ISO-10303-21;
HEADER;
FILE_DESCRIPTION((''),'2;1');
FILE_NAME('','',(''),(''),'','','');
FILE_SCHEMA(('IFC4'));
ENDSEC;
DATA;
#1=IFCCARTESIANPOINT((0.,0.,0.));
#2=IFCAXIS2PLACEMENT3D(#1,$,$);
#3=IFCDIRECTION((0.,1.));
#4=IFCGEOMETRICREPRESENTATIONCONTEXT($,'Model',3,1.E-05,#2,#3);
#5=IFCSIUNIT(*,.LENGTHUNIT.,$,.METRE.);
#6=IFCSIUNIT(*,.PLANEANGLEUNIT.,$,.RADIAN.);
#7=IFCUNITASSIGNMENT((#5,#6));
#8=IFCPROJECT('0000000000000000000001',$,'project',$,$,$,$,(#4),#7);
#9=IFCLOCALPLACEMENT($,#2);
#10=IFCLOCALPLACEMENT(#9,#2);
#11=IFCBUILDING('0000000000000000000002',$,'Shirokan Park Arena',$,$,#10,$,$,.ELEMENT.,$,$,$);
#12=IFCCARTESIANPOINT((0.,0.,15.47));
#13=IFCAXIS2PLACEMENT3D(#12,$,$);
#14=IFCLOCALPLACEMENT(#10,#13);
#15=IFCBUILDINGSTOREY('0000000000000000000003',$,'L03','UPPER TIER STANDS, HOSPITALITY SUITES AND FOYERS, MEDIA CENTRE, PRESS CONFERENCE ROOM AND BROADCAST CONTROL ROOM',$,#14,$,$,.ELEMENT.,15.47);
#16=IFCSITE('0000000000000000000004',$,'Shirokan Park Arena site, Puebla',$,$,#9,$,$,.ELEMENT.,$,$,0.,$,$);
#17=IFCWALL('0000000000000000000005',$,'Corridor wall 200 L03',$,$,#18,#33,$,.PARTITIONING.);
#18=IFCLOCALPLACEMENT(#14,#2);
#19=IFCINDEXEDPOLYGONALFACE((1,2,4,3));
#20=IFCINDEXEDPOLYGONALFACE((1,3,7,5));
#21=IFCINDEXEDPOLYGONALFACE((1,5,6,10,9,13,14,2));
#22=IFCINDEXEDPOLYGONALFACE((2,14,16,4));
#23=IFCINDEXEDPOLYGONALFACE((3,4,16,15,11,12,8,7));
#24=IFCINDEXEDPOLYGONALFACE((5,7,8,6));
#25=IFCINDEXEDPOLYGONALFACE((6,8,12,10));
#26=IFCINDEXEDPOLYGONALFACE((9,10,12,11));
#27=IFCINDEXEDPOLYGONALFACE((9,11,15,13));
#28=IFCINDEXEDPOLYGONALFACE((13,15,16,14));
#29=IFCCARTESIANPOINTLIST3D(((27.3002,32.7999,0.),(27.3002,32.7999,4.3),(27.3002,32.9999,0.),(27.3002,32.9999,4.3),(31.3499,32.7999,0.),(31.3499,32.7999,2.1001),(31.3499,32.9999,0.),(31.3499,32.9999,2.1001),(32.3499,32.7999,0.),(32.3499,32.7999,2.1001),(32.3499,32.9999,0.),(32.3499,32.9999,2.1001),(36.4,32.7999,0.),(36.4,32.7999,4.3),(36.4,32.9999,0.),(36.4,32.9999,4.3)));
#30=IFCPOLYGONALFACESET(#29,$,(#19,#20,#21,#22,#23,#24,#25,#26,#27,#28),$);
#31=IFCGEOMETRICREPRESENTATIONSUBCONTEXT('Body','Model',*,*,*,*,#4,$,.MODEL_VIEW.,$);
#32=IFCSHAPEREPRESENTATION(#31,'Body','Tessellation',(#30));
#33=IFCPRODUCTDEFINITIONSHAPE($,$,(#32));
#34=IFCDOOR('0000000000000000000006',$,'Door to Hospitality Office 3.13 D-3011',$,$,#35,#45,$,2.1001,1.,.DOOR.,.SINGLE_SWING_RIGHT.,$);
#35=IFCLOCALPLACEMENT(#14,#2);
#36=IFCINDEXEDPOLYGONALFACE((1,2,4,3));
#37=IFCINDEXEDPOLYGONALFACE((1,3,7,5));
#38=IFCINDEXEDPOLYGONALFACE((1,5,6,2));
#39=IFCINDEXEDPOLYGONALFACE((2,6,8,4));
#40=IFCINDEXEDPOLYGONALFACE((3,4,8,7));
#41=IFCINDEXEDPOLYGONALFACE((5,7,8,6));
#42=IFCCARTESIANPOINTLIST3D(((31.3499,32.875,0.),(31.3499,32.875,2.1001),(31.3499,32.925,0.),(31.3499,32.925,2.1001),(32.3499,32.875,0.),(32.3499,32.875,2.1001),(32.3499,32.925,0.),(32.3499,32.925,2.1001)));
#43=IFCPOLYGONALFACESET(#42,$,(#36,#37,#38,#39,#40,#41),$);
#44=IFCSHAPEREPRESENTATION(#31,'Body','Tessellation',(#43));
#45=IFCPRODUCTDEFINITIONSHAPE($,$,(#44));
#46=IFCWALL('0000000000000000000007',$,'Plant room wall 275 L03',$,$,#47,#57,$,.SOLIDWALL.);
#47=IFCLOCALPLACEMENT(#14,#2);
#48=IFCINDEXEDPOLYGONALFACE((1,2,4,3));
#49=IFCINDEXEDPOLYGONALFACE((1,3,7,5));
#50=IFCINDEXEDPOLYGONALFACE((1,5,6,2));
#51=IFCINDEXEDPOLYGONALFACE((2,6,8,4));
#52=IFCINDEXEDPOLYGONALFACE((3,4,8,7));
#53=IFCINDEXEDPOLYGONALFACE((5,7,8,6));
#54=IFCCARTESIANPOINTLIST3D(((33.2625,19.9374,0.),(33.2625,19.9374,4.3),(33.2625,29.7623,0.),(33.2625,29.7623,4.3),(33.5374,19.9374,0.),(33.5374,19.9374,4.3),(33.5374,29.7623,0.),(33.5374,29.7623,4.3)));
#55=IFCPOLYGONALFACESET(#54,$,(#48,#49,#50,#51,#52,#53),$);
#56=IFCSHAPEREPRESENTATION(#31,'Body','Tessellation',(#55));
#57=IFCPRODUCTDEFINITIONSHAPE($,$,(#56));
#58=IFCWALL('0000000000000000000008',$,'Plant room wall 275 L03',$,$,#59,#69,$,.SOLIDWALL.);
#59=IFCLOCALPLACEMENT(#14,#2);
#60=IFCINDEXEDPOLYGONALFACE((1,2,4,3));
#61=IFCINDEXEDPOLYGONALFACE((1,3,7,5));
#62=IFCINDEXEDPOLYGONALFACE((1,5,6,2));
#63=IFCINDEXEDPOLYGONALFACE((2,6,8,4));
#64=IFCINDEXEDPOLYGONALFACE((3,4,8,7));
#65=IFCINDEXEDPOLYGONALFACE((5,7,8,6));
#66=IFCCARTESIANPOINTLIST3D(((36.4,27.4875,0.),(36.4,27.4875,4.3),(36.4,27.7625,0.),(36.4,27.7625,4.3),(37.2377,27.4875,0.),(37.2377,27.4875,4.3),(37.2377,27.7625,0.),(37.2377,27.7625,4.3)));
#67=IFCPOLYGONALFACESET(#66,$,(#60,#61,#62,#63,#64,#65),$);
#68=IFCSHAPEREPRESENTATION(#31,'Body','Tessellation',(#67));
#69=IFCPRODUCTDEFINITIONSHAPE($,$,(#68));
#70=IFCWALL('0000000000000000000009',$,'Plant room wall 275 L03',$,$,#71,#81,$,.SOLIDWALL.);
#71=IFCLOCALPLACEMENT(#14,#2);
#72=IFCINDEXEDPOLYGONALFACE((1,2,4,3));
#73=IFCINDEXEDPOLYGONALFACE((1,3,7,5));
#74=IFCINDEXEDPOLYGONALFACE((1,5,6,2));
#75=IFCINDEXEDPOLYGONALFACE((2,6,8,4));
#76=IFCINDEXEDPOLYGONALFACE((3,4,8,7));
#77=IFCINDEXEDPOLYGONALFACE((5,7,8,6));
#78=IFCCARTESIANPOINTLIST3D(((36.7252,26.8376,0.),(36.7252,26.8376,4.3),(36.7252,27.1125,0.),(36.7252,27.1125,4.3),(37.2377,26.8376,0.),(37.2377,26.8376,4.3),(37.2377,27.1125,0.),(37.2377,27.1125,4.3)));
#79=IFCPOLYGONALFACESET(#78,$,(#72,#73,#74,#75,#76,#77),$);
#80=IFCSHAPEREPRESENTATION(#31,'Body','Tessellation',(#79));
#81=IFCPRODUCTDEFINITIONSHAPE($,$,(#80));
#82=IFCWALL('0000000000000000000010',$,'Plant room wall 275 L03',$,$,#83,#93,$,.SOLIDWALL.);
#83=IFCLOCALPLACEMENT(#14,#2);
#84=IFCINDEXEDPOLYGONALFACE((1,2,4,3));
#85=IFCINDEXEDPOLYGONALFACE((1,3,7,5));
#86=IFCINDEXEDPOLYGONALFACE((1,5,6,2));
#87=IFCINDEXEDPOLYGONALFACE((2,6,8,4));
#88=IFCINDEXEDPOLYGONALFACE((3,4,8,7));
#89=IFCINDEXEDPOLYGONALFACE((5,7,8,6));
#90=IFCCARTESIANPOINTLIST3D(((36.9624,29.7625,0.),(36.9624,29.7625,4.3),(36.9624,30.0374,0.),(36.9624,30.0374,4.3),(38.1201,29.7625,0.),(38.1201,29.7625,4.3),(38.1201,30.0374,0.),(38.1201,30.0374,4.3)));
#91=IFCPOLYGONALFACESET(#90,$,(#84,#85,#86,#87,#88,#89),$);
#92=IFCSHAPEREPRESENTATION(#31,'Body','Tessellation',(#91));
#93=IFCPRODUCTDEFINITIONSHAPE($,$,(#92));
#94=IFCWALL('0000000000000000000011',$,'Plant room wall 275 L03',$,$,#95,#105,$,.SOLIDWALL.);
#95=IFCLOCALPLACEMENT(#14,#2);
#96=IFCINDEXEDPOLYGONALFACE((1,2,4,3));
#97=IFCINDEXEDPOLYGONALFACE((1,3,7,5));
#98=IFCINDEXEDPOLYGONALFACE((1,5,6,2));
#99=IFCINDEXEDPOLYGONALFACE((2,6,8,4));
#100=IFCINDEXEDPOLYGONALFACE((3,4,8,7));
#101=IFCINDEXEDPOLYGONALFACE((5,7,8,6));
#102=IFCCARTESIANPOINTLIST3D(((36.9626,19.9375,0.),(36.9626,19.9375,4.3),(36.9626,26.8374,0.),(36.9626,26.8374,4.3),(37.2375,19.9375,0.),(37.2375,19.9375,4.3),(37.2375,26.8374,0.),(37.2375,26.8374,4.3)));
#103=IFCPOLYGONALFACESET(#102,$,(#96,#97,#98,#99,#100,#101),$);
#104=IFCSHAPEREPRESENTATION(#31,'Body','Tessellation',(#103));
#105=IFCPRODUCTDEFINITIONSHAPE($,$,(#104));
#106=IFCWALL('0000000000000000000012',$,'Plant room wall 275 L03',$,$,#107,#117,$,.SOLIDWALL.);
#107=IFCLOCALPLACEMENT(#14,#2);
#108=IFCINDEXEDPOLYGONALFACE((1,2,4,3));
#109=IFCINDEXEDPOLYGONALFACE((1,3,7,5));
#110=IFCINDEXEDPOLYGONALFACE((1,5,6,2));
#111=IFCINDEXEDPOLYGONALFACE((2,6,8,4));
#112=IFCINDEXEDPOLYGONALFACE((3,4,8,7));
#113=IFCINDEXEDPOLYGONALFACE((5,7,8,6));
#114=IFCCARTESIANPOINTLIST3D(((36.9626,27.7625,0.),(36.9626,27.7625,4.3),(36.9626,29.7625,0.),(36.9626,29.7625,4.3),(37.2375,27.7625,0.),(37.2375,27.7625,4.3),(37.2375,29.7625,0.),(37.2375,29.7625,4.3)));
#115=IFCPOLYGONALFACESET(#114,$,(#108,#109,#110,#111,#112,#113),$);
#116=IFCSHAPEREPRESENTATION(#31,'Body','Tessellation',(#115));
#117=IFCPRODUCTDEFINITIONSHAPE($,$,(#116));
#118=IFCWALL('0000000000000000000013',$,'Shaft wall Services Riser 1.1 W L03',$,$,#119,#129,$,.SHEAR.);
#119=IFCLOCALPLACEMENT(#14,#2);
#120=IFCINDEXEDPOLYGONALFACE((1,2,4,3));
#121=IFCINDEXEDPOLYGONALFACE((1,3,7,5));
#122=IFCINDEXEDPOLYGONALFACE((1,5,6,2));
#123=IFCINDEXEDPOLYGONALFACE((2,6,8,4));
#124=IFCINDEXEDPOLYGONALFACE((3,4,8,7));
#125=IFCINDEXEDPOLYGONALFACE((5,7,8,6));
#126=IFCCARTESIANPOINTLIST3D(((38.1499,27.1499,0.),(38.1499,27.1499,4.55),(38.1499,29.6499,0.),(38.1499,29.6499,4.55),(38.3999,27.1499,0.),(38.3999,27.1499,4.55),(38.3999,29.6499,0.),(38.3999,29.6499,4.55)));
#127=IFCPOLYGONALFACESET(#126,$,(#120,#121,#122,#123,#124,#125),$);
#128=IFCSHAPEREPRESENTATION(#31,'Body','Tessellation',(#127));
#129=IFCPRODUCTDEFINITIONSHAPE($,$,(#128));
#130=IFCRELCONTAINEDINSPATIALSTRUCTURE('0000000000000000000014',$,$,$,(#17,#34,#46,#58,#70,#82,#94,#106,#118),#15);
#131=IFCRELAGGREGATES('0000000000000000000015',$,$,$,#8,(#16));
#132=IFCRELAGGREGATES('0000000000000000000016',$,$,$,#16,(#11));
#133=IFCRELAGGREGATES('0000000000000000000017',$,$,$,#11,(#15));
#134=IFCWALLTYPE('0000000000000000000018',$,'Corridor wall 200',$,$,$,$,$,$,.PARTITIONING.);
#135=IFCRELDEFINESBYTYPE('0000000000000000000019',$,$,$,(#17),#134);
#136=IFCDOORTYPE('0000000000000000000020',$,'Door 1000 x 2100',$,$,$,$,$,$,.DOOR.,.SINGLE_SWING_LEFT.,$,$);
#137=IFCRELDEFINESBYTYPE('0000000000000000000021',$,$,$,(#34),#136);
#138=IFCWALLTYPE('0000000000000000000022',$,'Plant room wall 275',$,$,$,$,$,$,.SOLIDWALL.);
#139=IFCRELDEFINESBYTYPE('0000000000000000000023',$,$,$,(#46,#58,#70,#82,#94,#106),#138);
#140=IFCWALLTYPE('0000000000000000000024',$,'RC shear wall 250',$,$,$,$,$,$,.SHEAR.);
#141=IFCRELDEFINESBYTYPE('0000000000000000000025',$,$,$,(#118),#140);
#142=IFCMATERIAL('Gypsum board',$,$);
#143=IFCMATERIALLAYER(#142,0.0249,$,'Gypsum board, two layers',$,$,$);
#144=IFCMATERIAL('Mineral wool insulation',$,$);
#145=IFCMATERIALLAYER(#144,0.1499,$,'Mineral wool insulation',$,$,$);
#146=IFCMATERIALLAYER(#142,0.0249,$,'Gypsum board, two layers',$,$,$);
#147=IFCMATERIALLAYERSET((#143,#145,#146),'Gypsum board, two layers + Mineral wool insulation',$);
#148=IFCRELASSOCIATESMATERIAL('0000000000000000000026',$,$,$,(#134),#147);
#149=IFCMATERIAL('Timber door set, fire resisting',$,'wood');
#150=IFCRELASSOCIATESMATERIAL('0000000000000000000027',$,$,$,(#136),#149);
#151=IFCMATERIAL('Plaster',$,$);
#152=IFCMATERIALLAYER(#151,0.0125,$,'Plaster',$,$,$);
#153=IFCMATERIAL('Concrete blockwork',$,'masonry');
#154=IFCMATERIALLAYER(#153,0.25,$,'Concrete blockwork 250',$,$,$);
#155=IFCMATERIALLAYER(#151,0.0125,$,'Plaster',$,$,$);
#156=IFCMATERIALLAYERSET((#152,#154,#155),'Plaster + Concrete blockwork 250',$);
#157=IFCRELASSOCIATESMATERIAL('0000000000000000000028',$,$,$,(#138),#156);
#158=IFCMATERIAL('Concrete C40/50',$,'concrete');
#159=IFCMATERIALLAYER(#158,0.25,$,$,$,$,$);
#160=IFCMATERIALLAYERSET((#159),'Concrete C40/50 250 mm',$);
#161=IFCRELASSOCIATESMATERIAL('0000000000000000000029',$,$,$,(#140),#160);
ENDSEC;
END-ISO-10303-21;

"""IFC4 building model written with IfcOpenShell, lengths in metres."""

from ifc_helpers import new_model, si_unit, direction, frame, frame_2d, origin, place, context, subcontext, project, spatial, rectangle, extrude, material, layer, layer_set, type_object, element, fill, save


model = new_model("IFC4")

# Units and contexts
model_context = context("Model", 3, precision=1e-05, world=origin(), true_north=direction((0.0, 1.0)))
body_context = subcontext(model_context, "Body", "Model", "MODEL_VIEW")
ifc_project = project(units=[si_unit("LENGTHUNIT", "METRE"), si_unit("PLANEANGLEUNIT", "RADIAN")], contexts=[model_context])

# Site, building, storey
site_placement = place(None, origin())
site = spatial("IfcSite", under=ifc_project, at=site_placement, Name="Shirokan Park Arena site, Puebla", CompositionType="ELEMENT", RefElevation=0.0)
building_placement = place(site_placement, origin())
building = spatial("IfcBuilding", under=site, at=building_placement, Name="Shirokan Park Arena", CompositionType="ELEMENT")
storey_placement = place(building_placement, frame((0.0, 0.0, 15.47)))
storey = spatial("IfcBuildingStorey", under=building, at=storey_placement, Name="L03", Description="UPPER TIER STANDS, HOSPITALITY SUITES AND FOYERS, MEDIA CENTRE, PRESS CONFERENCE ROOM AND BROADCAST CONTROL ROOM", CompositionType="ELEMENT", Elevation=15.47)

# Shared definitions
ifc_material_1 = material(Name="Plaster")
ifc_material_2 = material(Name="Concrete blockwork", Category="masonry")
ifc_material_3 = material(Name="Gypsum board")
ifc_layer_1 = layer(ifc_material_3, 0.0249, Name="Gypsum board, two layers")
ifc_material_4 = material(Name="Mineral wool insulation")
ifc_layer_2 = layer(ifc_material_4, 0.1499, Name="Mineral wool insulation")
ifc_layer_3 = layer(ifc_material_3, 0.0249, Name="Gypsum board, two layers")
ifc_layer_set_1 = layer_set([ifc_layer_1, ifc_layer_2, ifc_layer_3], Name="Gypsum board, two layers + Mineral wool insulation")
wall_type_1 = type_object("IfcWallType", Name="Corridor wall 200", PredefinedType="PARTITIONING", material=ifc_layer_set_1)

# Wall, opening, door
wall_1_placement = place(storey_placement, frame((36.3999, 32.8999, 0.0), z_axis=(0.0, 0.0, 1.0), x_axis=(-1.0, 0.0, 0.0)))
wall_1 = element("IfcWall", 1, at=wall_1_placement, inside=storey, type_object=wall_type_1, Name="Corridor wall 200 L03", PredefinedType="PARTITIONING", context=body_context, shape_type="SweptSolid", body=[
    extrude(rectangle(XDim=9.0999, YDim=0.2, at=frame_2d((4.5498, 0.0))), origin(), (0.0, 0.0, 1.0), 4.3),
])
opening_1_placement = place(wall_1_placement, frame((4.05, 0.0, 0.0)))
opening_1 = element("IfcOpeningElement", 2, at=opening_1_placement, cuts=wall_1, PredefinedType="OPENING", context=body_context, shape_type="SweptSolid", body=[
    extrude(rectangle(XDim=1.0, YDim=2.1001, at=frame_2d((0.5, 1.05))), frame((0.0, 0.1099, 0.0), z_axis=(0.0, -1.0, 0.0), x_axis=(1.0, 0.0, 0.0)), (0.0, 0.0, 1.0), 0.22),
])
ifc_material_5 = material(Name="Timber door set, fire resisting", Category="wood")
door_type_1 = type_object("IfcDoorType", Name="Door 1000 x 2100", OperationType="SINGLE_SWING_LEFT", PredefinedType="DOOR", material=ifc_material_5)
door_1_placement = place(opening_1_placement, origin())
door_1 = element("IfcDoor", 3, at=door_1_placement, inside=storey, type_object=door_type_1, Name="Door to Hospitality Office 3.13 D-3011", OperationType="SINGLE_SWING_RIGHT", OverallHeight=2.1001, OverallWidth=1.0, PredefinedType="DOOR", context=body_context, shape_type="SweptSolid", body=[
    extrude(rectangle(XDim=1.0, YDim=2.1001, at=frame_2d((0.5, 1.05))), frame((0.0, 0.0249, 0.0), z_axis=(0.0, -1.0, 0.0), x_axis=(1.0, 0.0, 0.0)), (0.0, 0.0, 1.0), 0.05),
])
fill(opening_1, door_1)
ifc_layer_4 = layer(ifc_material_1, 0.0125, Name="Plaster")
ifc_layer_5 = layer(ifc_material_2, 0.25, Name="Concrete blockwork 250")
ifc_layer_6 = layer(ifc_material_1, 0.0125, Name="Plaster")
ifc_layer_set_2 = layer_set([ifc_layer_4, ifc_layer_5, ifc_layer_6], Name="Plaster + Concrete blockwork 250")
wall_type_2 = type_object("IfcWallType", Name="Plant room wall 275", PredefinedType="SOLIDWALL", material=ifc_layer_set_2)

# Walls
wall_2_placement = place(storey_placement, frame((33.3999, 29.7625, 0.0), z_axis=(0.0, 0.0, 1.0), x_axis=(0.0, -1.0, 0.0)))
element("IfcWall", 4, at=wall_2_placement, inside=storey, type_object=wall_type_2, Name="Plant room wall 275 L03", PredefinedType="SOLIDWALL", context=body_context, shape_type="SweptSolid", body=[
    extrude(rectangle(XDim=9.825, YDim=0.2749, at=frame_2d((4.9126, 0.0))), origin(), (0.0, 0.0, 1.0), 4.3),
])
wall_3_placement = place(storey_placement, frame((36.3999, 27.625, 0.0), z_axis=(0.0, 0.0, 1.0), x_axis=(1.0, 0.0, 0.0)))
element("IfcWall", 5, at=wall_3_placement, inside=storey, type_object=wall_type_2, Name="Plant room wall 275 L03", PredefinedType="SOLIDWALL", context=body_context, shape_type="SweptSolid", body=[
    extrude(rectangle(XDim=0.8376, YDim=0.2749, at=frame_2d((0.4189, 0.0))), origin(), (0.0, 0.0, 1.0), 4.3),
])
wall_4_placement = place(storey_placement, frame((36.7251, 26.9751, 0.0), z_axis=(0.0, 0.0, 1.0), x_axis=(1.0, 0.0, 0.0)))
element("IfcWall", 6, at=wall_4_placement, inside=storey, type_object=wall_type_2, Name="Plant room wall 275 L03", PredefinedType="SOLIDWALL", context=body_context, shape_type="SweptSolid", body=[
    extrude(rectangle(XDim=0.5125, YDim=0.2749, at=frame_2d((0.2563, 0.0))), origin(), (0.0, 0.0, 1.0), 4.3),
])

# Walls
wall_5_placement = place(storey_placement, frame((36.9624, 29.8999, 0.0), z_axis=(0.0, 0.0, 1.0), x_axis=(1.0, 0.0, 0.0)))
element("IfcWall", 7, at=wall_5_placement, inside=storey, type_object=wall_type_2, Name="Plant room wall 275 L03", PredefinedType="SOLIDWALL", context=body_context, shape_type="SweptSolid", body=[
    extrude(rectangle(XDim=1.1577, YDim=0.2749, at=frame_2d((0.5789, 0.0))), origin(), (0.0, 0.0, 1.0), 4.3),
])
wall_6_placement = place(storey_placement, frame((37.1001, 26.8374, 0.0), z_axis=(0.0, 0.0, 1.0), x_axis=(0.0, -1.0, 0.0)))
element("IfcWall", 8, at=wall_6_placement, inside=storey, type_object=wall_type_2, Name="Plant room wall 275 L03", PredefinedType="SOLIDWALL", context=body_context, shape_type="SweptSolid", body=[
    extrude(rectangle(XDim=6.8999, YDim=0.2749, at=frame_2d((3.45, 0.0))), origin(), (0.0, 0.0, 1.0), 4.3),
])
wall_7_placement = place(storey_placement, frame((37.1001, 29.7625, 0.0), z_axis=(0.0, 0.0, 1.0), x_axis=(0.0, -1.0, 0.0)))
element("IfcWall", 9, at=wall_7_placement, inside=storey, type_object=wall_type_2, Name="Plant room wall 275 L03", PredefinedType="SOLIDWALL", context=body_context, shape_type="SweptSolid", body=[
    extrude(rectangle(XDim=2.0, YDim=0.2749, at=frame_2d((1.0, 0.0))), origin(), (0.0, 0.0, 1.0), 4.3),
])
ifc_material_6 = material(Name="Concrete C40/50", Category="concrete")
ifc_layer_7 = layer(ifc_material_6, 0.25)
ifc_layer_set_3 = layer_set([ifc_layer_7], Name="Concrete C40/50 250 mm")
wall_type_3 = type_object("IfcWallType", Name="RC shear wall 250", PredefinedType="SHEAR", material=ifc_layer_set_3)
wall_8_placement = place(storey_placement, frame((38.2749, 29.6499, 0.0), z_axis=(0.0, 0.0, 1.0), x_axis=(0.0, -1.0, 0.0)))
element("IfcWall", 10, at=wall_8_placement, inside=storey, type_object=wall_type_3, Name="Shaft wall Services Riser 1.1 W L03", PredefinedType="SHEAR", context=body_context, shape_type="SweptSolid", body=[
    extrude(rectangle(XDim=2.5, YDim=0.25, at=frame_2d((1.25, 0.0))), origin(), (0.0, 0.0, 1.0), 4.55),
])

save(model, "model.ifc")
